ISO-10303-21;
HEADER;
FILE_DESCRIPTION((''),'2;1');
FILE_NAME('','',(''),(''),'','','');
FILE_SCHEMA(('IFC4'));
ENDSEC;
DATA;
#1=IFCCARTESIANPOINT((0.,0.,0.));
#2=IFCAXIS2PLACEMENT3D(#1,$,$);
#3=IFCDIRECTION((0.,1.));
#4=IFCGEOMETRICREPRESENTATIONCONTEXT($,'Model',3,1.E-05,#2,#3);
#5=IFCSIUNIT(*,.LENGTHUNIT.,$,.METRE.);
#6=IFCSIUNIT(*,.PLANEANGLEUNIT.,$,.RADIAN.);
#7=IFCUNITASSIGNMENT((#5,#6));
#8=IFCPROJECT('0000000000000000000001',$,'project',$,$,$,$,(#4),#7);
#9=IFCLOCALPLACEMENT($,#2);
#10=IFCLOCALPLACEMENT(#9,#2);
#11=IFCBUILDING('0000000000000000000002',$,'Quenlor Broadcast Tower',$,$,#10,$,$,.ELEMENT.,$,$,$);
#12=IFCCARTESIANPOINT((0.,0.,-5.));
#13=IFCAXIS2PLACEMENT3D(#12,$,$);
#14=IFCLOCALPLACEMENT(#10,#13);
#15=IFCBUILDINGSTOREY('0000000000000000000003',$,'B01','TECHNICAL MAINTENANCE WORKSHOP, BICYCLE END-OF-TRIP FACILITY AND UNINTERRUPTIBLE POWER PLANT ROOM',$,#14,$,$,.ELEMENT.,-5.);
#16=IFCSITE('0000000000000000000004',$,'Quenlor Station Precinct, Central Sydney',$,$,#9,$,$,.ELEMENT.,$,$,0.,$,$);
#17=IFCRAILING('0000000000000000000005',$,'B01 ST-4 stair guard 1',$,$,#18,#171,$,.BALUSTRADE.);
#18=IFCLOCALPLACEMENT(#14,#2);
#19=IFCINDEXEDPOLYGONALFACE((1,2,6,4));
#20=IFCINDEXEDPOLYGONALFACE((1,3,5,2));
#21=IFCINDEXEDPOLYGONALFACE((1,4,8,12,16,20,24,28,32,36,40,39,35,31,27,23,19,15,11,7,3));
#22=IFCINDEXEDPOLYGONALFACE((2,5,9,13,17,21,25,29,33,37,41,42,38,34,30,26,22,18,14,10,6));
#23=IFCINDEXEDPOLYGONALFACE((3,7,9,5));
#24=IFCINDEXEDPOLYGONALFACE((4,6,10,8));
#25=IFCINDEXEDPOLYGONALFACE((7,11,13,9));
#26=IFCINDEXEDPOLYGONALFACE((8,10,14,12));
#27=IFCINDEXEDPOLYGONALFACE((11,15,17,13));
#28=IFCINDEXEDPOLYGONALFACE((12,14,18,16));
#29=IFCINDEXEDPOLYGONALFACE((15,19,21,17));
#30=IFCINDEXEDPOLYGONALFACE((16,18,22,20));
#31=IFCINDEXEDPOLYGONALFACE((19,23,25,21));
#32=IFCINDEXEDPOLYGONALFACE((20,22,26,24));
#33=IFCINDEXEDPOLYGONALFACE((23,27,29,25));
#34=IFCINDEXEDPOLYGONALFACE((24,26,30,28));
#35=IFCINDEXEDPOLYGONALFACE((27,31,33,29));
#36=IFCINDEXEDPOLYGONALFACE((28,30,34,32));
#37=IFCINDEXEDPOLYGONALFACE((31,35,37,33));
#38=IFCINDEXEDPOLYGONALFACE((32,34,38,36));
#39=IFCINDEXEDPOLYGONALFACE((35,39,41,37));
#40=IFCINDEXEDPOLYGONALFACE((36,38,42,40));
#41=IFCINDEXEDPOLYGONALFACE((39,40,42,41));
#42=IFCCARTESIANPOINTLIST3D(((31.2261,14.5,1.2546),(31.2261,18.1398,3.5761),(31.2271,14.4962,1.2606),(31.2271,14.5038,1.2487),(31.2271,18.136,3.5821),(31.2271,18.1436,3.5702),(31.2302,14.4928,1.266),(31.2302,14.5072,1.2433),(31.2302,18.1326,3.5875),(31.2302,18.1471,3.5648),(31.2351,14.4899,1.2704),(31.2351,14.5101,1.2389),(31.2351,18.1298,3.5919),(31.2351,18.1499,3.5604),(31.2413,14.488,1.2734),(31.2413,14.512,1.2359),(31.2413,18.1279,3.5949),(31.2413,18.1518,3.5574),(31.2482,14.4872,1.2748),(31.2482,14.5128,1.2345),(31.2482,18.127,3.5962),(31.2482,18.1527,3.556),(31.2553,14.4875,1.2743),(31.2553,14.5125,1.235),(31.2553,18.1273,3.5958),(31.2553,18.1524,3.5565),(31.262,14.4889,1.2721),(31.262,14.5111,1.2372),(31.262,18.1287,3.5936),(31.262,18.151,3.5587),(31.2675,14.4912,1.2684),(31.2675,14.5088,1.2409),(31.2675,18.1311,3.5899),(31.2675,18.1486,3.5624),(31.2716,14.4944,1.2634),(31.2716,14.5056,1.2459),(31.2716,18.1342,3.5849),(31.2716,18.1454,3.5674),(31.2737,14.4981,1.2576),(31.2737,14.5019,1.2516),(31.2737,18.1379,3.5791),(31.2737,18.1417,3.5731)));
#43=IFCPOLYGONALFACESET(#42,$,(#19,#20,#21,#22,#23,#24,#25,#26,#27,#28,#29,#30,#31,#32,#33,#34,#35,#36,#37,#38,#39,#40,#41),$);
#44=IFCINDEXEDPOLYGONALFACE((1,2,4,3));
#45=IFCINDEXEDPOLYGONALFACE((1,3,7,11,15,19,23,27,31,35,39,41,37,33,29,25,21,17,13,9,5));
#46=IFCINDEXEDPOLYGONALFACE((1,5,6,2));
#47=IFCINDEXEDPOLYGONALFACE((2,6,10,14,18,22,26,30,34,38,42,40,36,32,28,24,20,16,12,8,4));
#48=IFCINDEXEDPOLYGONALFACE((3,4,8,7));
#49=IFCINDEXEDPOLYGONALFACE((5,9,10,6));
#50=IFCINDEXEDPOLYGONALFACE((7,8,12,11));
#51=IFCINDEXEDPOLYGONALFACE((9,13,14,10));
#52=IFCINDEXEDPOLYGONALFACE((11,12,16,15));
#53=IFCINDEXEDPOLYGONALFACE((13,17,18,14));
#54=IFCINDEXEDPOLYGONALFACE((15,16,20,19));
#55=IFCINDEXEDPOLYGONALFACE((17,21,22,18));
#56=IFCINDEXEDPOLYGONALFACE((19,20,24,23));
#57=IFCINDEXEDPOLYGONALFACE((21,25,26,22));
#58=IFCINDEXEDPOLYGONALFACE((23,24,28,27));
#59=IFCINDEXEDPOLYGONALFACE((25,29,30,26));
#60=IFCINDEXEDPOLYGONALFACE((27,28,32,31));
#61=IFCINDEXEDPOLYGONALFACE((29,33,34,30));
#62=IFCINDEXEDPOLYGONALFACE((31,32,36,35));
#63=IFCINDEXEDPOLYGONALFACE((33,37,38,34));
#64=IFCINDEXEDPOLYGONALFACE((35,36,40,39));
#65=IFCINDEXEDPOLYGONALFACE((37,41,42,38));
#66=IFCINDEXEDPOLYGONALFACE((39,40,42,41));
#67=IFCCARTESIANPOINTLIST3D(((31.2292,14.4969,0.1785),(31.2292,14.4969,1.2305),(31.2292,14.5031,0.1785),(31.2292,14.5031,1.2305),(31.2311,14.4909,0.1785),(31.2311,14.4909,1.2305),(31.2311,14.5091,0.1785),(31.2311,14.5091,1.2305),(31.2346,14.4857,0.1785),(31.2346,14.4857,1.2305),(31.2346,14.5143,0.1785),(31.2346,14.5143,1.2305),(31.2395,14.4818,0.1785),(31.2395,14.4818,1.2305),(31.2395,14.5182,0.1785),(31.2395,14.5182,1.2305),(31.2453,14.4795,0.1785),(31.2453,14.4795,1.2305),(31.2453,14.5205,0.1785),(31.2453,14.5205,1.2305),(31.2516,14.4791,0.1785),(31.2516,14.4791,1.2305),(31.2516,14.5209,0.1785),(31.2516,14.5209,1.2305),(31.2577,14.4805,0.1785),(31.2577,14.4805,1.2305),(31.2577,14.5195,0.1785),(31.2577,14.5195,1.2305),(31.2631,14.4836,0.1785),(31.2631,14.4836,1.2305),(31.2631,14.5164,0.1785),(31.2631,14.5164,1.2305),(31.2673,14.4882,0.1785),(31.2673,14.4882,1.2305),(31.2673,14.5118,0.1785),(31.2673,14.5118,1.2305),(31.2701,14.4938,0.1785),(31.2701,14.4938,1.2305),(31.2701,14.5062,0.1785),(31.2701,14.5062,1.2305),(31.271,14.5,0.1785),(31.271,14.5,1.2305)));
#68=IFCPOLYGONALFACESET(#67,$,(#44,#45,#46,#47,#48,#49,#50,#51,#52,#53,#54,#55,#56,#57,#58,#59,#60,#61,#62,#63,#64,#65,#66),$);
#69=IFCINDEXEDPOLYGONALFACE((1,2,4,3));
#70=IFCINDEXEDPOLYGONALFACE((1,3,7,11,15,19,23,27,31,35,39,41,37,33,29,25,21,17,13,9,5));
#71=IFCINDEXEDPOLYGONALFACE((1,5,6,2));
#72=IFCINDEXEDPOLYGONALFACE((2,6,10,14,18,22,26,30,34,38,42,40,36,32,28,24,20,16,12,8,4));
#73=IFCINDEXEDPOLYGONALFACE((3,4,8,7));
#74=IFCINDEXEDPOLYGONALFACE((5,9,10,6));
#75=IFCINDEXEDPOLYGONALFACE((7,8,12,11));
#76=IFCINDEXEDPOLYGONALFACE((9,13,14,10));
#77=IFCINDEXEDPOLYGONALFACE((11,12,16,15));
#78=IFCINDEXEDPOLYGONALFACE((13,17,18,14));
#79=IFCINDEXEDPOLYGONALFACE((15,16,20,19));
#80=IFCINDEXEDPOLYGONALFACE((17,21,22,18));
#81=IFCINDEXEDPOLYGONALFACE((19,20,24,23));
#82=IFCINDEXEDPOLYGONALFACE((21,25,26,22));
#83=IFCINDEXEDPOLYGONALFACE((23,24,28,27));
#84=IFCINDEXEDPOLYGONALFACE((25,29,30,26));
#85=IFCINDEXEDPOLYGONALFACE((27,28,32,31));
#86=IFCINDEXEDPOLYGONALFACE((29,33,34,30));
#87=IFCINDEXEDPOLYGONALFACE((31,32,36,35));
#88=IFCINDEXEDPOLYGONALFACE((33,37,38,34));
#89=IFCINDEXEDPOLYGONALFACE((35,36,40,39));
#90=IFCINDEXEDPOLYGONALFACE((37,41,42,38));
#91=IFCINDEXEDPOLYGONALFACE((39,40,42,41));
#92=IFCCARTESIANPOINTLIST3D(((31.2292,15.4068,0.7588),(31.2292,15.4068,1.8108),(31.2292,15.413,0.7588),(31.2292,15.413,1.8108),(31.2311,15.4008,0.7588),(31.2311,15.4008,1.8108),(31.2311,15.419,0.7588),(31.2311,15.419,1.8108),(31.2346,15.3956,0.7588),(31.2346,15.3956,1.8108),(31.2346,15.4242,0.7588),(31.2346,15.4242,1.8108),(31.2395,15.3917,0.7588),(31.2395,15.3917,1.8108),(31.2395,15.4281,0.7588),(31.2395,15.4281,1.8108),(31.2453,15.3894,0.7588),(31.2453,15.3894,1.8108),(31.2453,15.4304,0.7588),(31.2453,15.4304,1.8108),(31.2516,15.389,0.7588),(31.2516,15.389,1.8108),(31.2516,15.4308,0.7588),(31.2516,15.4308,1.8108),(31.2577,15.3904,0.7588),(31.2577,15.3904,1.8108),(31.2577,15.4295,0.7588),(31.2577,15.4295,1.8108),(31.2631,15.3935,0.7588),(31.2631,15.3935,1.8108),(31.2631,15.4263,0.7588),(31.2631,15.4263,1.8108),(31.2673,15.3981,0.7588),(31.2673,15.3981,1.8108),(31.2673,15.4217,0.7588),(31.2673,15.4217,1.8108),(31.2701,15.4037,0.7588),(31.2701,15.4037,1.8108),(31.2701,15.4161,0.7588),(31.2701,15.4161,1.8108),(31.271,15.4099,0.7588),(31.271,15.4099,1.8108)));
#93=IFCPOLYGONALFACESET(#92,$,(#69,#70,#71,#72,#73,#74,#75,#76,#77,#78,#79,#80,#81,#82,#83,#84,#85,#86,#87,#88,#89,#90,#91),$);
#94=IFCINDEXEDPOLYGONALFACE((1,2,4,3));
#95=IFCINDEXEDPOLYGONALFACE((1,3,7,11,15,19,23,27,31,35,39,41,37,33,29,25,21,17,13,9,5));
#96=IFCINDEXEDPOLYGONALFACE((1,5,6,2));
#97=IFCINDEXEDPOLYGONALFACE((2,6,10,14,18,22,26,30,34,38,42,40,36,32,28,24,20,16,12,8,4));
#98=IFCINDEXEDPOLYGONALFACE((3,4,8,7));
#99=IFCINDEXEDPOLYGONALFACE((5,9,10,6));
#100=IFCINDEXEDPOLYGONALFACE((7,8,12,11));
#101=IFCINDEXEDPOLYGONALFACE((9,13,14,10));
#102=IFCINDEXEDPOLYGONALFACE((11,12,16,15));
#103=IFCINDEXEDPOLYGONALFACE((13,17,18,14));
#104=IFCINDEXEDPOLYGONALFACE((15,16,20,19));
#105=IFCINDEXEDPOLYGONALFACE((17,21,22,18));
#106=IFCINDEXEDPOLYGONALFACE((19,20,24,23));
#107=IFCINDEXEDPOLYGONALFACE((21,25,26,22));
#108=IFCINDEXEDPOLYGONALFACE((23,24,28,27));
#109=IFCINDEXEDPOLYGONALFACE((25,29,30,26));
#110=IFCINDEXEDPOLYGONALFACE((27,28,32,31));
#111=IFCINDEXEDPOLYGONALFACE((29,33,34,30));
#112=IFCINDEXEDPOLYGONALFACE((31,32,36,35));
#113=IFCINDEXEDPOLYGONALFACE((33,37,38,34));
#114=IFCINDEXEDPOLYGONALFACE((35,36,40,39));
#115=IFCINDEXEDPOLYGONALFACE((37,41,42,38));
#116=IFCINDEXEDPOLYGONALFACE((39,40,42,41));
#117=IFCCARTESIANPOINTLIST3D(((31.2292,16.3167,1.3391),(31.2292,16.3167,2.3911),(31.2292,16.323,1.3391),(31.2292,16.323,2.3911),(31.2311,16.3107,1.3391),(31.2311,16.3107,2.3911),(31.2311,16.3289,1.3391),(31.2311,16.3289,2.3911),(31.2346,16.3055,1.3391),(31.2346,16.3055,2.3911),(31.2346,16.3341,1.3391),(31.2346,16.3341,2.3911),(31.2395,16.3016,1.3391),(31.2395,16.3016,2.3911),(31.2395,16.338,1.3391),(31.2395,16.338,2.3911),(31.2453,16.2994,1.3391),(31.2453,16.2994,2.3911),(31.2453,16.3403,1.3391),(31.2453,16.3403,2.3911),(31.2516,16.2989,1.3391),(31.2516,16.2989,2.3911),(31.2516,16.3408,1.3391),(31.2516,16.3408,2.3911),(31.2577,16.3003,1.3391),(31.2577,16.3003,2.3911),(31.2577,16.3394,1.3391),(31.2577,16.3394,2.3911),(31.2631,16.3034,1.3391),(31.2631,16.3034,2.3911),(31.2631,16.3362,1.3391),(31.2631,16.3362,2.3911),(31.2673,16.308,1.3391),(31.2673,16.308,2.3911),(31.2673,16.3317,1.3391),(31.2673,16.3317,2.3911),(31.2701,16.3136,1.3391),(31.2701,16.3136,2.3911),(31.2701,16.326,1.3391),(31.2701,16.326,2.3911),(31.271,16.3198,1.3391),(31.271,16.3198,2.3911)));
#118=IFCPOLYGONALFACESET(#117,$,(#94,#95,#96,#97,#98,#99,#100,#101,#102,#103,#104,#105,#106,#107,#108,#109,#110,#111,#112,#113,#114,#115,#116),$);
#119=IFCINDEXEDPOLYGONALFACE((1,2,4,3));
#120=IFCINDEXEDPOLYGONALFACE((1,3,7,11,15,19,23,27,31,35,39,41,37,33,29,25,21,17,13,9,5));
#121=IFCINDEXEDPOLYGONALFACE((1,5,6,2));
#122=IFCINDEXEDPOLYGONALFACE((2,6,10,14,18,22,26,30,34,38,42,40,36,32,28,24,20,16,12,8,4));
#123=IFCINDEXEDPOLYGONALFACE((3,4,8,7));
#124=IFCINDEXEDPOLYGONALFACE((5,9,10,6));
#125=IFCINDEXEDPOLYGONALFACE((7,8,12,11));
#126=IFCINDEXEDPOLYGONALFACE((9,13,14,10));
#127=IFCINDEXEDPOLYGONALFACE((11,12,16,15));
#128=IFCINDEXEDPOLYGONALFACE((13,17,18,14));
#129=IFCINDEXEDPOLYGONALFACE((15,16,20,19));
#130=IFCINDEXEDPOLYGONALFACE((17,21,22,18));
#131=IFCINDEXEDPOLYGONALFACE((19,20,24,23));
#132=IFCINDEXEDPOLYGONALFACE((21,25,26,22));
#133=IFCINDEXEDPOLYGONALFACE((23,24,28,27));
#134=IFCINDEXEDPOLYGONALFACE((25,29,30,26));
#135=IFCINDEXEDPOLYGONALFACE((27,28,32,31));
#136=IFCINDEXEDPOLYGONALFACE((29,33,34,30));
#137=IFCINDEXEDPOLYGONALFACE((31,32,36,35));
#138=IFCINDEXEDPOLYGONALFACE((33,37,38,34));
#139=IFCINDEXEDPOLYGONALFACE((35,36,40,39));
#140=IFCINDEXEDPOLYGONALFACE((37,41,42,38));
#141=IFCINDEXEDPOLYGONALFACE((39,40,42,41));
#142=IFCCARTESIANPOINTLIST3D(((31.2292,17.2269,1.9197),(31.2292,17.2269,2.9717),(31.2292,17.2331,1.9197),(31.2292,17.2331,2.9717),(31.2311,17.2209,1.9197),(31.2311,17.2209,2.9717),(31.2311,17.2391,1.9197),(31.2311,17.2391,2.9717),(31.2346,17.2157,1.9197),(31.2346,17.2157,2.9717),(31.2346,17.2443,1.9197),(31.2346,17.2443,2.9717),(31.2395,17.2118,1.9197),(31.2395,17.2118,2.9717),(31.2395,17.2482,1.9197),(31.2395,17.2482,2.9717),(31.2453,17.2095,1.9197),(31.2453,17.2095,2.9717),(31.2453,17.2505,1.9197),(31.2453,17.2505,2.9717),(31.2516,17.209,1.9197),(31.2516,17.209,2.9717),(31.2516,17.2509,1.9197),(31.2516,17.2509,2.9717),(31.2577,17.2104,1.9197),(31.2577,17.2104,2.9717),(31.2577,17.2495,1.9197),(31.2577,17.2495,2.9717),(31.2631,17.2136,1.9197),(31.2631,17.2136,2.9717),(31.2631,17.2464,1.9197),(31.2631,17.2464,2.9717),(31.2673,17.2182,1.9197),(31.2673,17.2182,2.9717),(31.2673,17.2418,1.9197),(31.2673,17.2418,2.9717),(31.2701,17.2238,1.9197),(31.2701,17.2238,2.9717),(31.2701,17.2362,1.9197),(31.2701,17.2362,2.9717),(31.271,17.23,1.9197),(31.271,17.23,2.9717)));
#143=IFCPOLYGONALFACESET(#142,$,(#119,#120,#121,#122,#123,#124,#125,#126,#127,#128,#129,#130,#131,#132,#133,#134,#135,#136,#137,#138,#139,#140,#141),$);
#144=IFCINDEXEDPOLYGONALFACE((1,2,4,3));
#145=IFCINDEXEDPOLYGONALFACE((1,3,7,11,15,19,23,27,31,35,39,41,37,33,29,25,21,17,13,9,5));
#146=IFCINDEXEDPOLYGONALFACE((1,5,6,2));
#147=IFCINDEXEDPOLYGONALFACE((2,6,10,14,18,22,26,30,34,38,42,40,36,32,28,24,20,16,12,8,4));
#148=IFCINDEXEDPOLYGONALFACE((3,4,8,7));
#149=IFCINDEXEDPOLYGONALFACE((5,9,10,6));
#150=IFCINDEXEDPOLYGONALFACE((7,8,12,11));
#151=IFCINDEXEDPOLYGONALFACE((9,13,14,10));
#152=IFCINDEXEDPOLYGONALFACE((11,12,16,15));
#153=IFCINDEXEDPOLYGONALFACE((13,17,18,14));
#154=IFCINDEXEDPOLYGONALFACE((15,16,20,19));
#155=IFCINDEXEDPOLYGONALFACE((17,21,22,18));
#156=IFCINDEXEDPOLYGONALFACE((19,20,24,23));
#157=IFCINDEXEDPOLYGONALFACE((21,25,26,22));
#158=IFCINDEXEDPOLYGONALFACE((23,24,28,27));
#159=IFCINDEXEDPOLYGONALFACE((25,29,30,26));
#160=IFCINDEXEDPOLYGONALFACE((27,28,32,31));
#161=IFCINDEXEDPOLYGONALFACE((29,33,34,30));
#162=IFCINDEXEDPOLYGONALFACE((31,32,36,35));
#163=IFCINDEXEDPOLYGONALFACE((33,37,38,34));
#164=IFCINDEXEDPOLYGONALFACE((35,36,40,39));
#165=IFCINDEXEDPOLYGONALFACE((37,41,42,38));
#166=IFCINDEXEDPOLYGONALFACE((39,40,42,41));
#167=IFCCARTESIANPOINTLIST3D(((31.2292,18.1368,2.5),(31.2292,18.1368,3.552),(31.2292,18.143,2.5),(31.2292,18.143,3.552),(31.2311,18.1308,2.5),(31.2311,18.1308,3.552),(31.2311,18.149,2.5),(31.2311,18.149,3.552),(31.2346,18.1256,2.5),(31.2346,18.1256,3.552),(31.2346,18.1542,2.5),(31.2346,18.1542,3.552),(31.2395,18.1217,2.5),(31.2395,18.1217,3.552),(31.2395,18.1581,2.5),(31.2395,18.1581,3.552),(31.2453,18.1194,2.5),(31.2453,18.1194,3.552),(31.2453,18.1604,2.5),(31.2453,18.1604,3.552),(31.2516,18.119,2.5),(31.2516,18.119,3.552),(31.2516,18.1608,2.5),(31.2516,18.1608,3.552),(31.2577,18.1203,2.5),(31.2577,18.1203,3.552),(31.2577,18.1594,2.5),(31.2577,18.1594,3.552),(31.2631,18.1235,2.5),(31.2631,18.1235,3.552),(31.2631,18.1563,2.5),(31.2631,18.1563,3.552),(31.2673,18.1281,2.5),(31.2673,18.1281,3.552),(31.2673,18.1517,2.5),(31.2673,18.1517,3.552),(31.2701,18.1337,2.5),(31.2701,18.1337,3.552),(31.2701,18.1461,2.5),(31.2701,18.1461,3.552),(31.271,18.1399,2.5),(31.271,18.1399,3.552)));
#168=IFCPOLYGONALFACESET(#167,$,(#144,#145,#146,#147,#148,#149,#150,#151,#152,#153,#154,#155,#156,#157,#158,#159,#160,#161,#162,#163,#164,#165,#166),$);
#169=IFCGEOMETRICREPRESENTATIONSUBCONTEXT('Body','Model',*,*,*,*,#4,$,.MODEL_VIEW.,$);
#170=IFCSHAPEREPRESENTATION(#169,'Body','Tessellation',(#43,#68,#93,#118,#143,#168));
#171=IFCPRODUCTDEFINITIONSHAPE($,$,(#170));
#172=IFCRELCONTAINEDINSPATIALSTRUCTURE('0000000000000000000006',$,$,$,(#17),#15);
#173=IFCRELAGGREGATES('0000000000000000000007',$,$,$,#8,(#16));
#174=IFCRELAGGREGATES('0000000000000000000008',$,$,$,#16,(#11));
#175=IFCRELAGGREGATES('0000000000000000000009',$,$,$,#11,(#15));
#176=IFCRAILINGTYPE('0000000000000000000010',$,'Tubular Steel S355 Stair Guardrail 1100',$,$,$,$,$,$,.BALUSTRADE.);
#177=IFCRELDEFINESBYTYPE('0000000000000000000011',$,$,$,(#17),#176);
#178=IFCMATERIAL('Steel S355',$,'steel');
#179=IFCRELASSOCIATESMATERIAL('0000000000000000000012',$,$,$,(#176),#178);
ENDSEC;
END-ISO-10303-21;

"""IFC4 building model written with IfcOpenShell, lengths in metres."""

from ifc_helpers import new_model, si_unit, direction, frame, origin, origin_2d, place, context, subcontext, project, spatial, circle, extrude, material, type_object, element, save


model = new_model("IFC4")

# Units and contexts
model_context = context("Model", 3, precision=1e-05, world=origin(), true_north=direction((0.0, 1.0)))
body_context = subcontext(model_context, "Body", "Model", "MODEL_VIEW")
ifc_project = project(units=[si_unit("LENGTHUNIT", "METRE"), si_unit("PLANEANGLEUNIT", "RADIAN")], contexts=[model_context])

# Site, building, storey
site_placement = place(None, origin())
site = spatial("IfcSite", under=ifc_project, at=site_placement, Name="Quenlor Station Precinct, Central Sydney", CompositionType="ELEMENT", RefElevation=0.0)
building_placement = place(site_placement, origin())
building = spatial("IfcBuilding", under=site, at=building_placement, Name="Quenlor Broadcast Tower", CompositionType="ELEMENT")
storey_placement = place(building_placement, frame((0.0, 0.0, -5.0)))
storey = spatial("IfcBuildingStorey", under=building, at=storey_placement, Name="B01", Description="TECHNICAL MAINTENANCE WORKSHOP, BICYCLE END-OF-TRIP FACILITY AND UNINTERRUPTIBLE POWER PLANT ROOM", CompositionType="ELEMENT", Elevation=-5.0)

# Railing
ifc_material_1 = material(Name="Steel S355", Category="steel")
railing_type_1 = type_object("IfcRailingType", Name="Tubular Steel S355 Stair Guardrail 1100", PredefinedType="BALUSTRADE", material=ifc_material_1)
railing_1_placement = place(storey_placement, frame((31.25, 14.5, 0.1785)))
element("IfcRailing", 1, at=railing_1_placement, inside=storey, type_object=railing_type_1, Name="B01 ST-4 stair guard 1", PredefinedType="BALUSTRADE", context=body_context, shape_type="SweptSolid", body=[
    extrude(circle(Radius=0.0239, at=origin_2d()), frame((0.0, 0.0, 1.0762), z_axis=(0.0, 0.843112, 0.537739), x_axis=(-1.0, 0.0, 0.0)), (0.0, 0.0, 1.0), 4.3171),
    extrude(circle(Radius=0.021, at=origin_2d()), origin(), (0.0, 0.0, 1.0), 1.052),
    extrude(circle(Radius=0.021, at=origin_2d()), frame((0.0, 0.9099, 0.5803)), (0.0, 0.0, 1.0), 1.052),
    extrude(circle(Radius=0.021, at=origin_2d()), frame((0.0, 1.8198, 1.1606)), (0.0, 0.0, 1.0), 1.052),
    extrude(circle(Radius=0.021, at=origin_2d()), frame((0.0, 2.73, 1.7412)), (0.0, 0.0, 1.0), 1.052),
    extrude(circle(Radius=0.021, at=origin_2d()), frame((0.0, 3.6399, 2.3215)), (0.0, 0.0, 1.0), 1.052),
])

save(model, "model.ifc")
